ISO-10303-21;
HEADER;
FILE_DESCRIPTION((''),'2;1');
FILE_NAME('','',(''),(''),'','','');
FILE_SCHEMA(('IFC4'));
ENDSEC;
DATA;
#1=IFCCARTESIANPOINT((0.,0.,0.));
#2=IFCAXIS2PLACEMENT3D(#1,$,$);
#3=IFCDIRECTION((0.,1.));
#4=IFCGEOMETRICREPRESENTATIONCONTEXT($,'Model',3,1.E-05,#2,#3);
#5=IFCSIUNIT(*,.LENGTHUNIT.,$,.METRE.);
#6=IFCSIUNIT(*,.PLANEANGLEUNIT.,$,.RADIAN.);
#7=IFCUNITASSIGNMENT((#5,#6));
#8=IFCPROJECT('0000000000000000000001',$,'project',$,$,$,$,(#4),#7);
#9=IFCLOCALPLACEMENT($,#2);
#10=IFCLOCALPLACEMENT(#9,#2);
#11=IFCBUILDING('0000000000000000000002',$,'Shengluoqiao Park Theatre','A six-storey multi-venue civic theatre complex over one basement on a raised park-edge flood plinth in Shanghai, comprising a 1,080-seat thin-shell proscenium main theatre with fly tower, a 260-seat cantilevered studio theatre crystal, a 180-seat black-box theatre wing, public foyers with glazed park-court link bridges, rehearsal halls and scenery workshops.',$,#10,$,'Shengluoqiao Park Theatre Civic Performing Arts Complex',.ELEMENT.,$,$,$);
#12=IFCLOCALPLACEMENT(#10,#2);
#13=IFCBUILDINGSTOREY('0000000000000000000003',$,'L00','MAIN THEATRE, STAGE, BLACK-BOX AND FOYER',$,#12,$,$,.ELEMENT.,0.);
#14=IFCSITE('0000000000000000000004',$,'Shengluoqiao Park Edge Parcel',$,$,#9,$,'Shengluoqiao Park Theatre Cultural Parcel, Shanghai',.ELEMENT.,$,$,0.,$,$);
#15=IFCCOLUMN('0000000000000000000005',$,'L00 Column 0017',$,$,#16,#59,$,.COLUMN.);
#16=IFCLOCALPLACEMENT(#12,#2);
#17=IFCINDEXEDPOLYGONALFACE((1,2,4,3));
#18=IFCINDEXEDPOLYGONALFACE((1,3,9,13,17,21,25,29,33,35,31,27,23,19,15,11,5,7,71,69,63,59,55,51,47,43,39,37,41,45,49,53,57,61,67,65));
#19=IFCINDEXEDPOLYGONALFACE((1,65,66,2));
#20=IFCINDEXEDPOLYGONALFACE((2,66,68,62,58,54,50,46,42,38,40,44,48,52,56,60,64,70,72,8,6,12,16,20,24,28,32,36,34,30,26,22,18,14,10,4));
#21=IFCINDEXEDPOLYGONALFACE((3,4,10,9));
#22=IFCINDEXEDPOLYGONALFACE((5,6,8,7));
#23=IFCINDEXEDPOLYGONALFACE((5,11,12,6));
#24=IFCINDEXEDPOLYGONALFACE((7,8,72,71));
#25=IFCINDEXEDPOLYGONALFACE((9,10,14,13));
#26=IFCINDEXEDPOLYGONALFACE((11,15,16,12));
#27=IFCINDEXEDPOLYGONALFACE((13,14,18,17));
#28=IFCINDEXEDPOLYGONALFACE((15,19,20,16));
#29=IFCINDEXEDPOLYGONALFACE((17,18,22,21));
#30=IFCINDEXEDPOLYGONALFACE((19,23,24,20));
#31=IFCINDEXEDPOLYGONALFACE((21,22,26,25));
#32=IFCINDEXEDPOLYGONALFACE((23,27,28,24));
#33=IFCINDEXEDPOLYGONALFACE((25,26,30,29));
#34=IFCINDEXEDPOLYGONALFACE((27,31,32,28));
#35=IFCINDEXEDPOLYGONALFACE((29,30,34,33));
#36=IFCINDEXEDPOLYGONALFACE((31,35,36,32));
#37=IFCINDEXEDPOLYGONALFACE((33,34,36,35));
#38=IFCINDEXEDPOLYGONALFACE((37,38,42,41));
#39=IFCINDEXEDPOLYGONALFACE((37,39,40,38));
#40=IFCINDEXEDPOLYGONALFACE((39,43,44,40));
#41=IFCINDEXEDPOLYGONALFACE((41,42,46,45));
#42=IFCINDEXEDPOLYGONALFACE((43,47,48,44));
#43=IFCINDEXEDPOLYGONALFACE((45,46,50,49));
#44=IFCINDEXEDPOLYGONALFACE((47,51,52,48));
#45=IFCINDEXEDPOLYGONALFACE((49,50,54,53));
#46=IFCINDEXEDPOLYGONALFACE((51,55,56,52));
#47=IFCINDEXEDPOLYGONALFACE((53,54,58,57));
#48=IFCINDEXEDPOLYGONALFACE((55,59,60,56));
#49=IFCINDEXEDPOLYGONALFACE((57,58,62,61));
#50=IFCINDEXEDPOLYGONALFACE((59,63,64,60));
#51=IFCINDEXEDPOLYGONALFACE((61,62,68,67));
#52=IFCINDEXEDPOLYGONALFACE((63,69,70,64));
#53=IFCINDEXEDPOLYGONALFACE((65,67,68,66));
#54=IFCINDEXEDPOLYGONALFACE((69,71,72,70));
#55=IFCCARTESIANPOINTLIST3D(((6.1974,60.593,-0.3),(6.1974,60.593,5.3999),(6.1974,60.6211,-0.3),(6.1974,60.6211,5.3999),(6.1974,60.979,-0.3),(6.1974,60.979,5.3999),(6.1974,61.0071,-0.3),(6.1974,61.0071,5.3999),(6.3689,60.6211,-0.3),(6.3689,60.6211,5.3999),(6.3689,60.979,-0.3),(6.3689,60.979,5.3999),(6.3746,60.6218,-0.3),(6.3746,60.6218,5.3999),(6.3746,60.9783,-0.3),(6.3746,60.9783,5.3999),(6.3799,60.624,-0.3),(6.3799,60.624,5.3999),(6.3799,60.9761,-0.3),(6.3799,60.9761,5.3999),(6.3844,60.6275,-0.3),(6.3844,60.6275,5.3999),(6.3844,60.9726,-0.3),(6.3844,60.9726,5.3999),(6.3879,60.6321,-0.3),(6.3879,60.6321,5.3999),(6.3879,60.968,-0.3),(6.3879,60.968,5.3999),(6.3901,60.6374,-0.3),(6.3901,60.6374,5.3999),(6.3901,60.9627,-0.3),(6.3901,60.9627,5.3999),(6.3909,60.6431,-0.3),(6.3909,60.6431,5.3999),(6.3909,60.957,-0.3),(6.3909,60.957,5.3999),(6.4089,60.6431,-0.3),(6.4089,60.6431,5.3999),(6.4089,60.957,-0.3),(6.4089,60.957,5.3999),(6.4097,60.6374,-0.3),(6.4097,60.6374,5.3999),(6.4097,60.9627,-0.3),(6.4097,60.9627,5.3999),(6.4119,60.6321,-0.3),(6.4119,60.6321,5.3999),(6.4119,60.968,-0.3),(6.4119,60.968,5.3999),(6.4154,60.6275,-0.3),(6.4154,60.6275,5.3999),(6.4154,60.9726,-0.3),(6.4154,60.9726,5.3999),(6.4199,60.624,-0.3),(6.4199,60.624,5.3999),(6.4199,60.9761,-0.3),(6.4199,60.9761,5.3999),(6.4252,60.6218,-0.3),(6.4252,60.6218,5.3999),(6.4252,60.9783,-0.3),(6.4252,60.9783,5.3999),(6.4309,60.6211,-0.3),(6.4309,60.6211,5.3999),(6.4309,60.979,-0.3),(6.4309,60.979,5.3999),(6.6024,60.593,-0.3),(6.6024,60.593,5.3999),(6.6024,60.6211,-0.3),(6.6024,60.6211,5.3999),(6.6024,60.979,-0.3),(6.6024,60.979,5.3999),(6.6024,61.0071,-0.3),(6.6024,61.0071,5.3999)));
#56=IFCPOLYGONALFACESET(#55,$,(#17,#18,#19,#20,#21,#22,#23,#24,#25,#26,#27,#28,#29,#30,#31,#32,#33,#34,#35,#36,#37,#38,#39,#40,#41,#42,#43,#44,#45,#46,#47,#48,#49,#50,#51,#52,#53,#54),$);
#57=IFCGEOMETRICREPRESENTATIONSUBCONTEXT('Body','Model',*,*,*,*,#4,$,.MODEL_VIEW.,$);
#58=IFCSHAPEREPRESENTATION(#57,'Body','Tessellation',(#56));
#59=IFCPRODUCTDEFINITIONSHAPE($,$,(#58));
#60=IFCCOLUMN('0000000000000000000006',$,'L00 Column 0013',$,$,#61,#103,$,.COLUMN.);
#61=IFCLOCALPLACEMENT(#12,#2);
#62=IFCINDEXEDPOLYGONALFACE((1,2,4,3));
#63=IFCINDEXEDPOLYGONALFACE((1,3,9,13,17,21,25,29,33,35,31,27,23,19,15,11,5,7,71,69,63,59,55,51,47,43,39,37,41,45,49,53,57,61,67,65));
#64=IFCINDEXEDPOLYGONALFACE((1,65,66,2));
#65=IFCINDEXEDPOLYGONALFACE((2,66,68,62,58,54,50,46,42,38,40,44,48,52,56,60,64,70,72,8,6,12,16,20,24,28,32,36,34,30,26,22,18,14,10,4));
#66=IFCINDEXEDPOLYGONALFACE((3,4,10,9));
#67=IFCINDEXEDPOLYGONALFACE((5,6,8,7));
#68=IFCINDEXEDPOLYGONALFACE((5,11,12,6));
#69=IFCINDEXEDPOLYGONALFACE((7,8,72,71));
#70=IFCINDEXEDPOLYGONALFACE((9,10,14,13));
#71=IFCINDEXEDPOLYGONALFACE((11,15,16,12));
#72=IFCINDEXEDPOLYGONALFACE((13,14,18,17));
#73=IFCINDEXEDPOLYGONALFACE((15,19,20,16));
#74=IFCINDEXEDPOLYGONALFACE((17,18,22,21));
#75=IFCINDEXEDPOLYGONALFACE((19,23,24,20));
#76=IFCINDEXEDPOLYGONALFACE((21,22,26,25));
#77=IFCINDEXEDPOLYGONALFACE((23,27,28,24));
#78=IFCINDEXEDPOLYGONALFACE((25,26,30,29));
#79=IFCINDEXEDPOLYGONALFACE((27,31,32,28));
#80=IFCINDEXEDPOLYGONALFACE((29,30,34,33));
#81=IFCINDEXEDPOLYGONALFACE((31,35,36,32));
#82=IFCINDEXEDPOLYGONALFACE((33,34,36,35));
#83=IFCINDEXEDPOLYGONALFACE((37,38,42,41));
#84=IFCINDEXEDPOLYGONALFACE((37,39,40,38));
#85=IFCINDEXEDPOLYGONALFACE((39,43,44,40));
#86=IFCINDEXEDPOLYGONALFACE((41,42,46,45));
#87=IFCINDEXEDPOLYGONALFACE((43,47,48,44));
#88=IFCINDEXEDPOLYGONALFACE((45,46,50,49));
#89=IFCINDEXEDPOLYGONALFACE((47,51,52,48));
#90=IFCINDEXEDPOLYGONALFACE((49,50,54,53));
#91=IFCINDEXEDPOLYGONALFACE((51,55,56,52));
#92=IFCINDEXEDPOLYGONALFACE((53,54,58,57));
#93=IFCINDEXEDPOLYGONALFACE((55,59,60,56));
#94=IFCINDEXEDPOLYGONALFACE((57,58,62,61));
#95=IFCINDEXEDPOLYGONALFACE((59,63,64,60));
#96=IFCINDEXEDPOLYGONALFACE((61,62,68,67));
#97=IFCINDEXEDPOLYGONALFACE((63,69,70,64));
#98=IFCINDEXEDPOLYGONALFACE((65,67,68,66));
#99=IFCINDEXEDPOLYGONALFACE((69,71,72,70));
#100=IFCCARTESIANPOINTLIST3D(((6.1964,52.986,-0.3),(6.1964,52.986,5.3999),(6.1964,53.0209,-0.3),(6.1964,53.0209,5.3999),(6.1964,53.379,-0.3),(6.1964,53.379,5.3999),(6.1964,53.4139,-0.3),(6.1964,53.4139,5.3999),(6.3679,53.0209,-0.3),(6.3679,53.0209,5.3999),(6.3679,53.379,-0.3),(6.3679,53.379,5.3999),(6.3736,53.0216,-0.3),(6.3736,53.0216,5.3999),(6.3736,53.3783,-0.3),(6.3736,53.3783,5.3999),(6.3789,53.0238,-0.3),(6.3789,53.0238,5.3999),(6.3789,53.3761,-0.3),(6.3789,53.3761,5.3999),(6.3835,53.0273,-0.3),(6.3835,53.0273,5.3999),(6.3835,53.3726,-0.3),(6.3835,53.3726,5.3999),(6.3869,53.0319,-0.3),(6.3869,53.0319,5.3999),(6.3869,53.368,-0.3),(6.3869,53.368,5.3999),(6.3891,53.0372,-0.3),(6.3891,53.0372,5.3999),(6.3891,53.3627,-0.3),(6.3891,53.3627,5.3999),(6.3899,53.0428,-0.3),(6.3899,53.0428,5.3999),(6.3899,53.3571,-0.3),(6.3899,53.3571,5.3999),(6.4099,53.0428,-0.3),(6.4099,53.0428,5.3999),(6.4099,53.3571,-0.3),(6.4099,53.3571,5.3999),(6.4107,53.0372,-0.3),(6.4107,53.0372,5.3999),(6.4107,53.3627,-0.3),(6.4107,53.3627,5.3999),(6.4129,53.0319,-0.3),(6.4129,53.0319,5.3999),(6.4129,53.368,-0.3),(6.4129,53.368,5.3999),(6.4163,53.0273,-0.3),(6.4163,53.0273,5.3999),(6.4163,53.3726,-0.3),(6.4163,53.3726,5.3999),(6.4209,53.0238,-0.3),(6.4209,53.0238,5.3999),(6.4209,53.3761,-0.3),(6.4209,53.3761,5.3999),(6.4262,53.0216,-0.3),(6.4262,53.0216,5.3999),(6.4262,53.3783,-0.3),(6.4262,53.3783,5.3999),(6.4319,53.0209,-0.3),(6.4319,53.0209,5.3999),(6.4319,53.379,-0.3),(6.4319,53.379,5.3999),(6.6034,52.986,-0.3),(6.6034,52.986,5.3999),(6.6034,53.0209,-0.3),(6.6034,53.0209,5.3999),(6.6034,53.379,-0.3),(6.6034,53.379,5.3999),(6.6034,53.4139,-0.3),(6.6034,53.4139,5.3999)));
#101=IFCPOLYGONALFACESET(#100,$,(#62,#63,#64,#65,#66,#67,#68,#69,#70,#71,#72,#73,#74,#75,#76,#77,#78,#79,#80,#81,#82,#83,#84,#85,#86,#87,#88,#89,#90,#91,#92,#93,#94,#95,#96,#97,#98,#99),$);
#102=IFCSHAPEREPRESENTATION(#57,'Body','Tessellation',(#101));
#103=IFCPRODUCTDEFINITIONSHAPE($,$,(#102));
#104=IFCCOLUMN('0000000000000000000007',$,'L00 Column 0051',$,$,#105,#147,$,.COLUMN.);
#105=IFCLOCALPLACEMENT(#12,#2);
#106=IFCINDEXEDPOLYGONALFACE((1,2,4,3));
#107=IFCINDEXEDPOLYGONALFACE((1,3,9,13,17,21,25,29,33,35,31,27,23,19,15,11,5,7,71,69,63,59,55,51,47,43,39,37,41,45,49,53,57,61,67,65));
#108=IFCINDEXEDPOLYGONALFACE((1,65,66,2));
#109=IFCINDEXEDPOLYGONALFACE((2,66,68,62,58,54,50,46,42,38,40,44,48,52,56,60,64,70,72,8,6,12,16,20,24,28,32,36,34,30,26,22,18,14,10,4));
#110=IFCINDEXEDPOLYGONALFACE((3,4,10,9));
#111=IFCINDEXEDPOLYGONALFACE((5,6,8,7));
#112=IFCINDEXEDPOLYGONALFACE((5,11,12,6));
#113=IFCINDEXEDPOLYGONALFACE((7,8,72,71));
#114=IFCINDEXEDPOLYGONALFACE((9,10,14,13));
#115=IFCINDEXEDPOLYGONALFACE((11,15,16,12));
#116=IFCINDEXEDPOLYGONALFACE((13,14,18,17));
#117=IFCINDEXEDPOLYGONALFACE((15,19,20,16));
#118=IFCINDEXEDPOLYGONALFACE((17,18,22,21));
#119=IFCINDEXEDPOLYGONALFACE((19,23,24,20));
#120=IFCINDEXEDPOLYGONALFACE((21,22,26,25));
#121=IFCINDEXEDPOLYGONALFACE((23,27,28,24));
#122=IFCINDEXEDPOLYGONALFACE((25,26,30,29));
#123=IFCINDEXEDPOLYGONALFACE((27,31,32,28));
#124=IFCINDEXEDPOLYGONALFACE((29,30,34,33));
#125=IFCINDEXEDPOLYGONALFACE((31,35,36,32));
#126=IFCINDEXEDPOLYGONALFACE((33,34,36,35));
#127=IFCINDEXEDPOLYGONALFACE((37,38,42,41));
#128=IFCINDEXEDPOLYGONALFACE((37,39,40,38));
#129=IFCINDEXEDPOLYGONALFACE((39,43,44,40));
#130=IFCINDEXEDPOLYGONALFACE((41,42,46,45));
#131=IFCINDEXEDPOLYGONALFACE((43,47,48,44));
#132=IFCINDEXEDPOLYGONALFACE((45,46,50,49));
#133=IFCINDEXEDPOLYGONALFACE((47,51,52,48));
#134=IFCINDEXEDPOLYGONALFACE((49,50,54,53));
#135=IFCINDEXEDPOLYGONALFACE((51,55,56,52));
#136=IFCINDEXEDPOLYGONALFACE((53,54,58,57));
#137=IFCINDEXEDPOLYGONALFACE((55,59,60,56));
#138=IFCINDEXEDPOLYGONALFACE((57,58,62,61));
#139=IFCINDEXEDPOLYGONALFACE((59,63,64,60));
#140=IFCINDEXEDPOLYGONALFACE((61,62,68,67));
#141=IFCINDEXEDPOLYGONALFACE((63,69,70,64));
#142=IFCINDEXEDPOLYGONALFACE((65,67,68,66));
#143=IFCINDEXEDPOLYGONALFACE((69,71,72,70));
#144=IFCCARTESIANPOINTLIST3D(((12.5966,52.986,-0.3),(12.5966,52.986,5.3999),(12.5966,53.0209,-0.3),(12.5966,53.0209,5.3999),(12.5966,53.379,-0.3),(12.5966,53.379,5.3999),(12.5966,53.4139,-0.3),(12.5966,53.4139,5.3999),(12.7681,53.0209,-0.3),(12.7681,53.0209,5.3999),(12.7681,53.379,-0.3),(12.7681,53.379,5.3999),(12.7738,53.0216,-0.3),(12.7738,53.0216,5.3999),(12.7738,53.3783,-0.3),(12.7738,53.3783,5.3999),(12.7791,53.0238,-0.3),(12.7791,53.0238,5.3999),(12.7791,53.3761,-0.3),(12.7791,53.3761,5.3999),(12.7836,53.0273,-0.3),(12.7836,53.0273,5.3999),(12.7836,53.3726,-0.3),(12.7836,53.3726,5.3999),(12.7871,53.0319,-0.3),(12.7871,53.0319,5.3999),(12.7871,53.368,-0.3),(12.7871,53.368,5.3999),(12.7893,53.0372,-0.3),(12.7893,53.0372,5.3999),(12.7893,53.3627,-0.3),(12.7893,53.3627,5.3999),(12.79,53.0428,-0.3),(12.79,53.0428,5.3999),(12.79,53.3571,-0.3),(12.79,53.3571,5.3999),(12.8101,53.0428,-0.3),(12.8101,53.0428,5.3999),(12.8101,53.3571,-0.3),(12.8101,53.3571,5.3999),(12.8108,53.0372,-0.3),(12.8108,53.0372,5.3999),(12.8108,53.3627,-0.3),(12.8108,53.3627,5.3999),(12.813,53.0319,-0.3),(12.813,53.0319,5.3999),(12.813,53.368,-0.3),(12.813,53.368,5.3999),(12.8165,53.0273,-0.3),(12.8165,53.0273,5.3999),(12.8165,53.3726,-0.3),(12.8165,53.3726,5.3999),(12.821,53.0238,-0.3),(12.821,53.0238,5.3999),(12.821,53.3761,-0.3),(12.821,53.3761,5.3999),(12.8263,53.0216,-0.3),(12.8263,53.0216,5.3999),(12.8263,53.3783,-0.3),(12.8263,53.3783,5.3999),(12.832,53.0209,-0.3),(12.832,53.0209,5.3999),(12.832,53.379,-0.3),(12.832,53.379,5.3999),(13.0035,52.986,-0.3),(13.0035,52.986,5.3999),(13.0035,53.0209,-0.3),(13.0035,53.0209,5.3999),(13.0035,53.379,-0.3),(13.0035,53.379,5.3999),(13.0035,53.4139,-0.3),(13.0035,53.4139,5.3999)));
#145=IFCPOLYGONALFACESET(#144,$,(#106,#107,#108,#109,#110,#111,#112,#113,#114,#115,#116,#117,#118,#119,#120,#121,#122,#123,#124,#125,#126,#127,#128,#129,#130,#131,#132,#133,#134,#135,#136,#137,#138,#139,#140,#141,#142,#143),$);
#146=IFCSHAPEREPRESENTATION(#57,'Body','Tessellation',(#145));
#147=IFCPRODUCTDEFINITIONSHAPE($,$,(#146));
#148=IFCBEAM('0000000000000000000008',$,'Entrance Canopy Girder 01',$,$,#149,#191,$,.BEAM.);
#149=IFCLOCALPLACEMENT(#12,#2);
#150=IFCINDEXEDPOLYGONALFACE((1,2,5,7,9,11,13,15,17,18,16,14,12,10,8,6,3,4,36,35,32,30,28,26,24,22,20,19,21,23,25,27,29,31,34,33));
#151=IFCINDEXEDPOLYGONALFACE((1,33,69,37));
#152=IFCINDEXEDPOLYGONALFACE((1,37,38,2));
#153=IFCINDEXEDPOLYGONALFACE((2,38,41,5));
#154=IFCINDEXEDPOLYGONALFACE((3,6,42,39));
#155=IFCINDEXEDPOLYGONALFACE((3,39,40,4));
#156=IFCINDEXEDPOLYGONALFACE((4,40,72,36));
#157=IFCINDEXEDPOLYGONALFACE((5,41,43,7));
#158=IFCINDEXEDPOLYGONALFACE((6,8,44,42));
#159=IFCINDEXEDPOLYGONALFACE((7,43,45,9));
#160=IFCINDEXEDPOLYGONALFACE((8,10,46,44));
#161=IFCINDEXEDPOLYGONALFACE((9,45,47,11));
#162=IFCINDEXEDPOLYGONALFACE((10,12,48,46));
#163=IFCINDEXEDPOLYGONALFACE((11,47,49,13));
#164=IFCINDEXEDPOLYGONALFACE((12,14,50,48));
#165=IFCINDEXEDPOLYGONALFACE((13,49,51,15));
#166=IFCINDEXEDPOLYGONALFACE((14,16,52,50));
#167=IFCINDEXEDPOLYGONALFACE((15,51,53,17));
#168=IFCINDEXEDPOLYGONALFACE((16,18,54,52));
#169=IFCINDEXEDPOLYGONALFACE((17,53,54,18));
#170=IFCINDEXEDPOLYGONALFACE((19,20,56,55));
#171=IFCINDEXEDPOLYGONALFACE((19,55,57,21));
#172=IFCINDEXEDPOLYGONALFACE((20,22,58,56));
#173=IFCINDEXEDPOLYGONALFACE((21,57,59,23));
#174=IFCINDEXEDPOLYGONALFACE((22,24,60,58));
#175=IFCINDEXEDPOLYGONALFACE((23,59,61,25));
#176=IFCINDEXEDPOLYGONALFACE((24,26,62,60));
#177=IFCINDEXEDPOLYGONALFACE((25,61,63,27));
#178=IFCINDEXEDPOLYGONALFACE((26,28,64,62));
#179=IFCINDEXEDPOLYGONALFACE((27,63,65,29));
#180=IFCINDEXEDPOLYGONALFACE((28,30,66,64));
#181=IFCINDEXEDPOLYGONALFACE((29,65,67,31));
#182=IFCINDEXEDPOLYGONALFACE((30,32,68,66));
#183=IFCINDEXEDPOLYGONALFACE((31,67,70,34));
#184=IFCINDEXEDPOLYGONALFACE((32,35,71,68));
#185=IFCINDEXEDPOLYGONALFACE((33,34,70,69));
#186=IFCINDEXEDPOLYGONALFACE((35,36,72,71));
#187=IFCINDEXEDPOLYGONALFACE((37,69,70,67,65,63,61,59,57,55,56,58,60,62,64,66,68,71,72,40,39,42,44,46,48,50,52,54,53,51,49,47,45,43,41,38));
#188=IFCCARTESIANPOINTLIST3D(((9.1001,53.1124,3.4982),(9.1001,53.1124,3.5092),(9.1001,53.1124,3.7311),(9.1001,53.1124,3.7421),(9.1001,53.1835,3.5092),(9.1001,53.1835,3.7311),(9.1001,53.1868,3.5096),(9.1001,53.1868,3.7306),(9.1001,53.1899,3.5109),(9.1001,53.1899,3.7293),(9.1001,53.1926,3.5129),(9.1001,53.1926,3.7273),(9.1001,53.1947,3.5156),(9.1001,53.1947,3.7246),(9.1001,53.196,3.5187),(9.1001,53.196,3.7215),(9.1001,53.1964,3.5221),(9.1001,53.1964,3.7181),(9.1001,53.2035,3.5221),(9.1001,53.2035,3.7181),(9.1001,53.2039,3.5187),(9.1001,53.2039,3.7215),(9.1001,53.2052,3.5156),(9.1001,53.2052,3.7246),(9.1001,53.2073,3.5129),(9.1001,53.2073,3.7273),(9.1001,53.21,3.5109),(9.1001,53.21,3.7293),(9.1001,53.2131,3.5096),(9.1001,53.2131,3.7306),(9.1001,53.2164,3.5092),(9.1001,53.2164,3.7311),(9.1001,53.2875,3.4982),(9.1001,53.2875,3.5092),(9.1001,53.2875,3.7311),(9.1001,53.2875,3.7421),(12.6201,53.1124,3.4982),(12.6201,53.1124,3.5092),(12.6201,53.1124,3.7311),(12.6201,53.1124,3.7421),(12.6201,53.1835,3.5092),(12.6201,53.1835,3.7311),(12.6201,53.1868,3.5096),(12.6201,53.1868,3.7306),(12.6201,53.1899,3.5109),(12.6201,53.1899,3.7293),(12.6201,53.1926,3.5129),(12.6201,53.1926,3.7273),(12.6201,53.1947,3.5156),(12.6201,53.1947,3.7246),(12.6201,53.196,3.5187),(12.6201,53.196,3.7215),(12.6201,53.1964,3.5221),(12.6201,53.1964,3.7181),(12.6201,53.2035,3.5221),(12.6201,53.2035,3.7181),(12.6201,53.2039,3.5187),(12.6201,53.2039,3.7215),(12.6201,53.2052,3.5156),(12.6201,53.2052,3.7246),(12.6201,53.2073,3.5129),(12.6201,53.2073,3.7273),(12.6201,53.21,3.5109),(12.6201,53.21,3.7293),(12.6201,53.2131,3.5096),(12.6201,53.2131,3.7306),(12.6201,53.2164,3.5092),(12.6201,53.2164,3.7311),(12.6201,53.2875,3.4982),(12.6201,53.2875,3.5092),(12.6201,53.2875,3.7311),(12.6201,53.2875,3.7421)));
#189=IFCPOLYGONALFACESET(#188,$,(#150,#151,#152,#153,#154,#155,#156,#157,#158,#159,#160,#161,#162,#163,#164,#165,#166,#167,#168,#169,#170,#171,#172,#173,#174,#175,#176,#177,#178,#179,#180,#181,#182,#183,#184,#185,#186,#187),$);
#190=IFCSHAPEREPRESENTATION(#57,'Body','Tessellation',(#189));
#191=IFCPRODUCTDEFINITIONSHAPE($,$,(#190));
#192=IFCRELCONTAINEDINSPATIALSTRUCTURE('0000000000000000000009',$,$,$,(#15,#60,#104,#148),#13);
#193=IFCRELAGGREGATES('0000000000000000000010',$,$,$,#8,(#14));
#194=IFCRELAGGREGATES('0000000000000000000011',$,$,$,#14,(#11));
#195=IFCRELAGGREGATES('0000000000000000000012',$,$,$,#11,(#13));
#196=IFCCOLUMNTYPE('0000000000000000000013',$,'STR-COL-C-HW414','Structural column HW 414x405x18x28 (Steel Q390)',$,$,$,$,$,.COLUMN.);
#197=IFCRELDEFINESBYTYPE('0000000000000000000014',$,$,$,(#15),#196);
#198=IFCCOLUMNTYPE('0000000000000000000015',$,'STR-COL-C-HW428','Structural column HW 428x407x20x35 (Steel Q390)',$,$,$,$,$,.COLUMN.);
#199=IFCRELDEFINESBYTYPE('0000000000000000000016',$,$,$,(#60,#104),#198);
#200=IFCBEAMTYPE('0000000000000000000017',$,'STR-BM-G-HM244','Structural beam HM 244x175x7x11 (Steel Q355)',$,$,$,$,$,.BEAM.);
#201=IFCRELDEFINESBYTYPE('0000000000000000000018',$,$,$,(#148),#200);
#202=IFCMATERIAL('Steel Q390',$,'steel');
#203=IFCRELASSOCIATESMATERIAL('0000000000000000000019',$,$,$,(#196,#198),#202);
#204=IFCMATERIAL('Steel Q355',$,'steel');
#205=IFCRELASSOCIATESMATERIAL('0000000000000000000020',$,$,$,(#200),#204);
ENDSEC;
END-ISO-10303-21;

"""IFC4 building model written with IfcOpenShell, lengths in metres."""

from ifc_helpers import new_model, si_unit, direction, frame, origin, origin_2d, place, context, subcontext, project, spatial, i_section, extrude, material, material_profile, profile_set, type_object, element, save


model = new_model("IFC4")

# Units and contexts
model_context = context("Model", 3, precision=1e-05, world=origin(), true_north=direction((0.0, 1.0)))
body_context = subcontext(model_context, "Body", "Model", "MODEL_VIEW")
ifc_project = project(units=[si_unit("LENGTHUNIT", "METRE"), si_unit("PLANEANGLEUNIT", "RADIAN")], contexts=[model_context])

# Site, building, storey
site_placement = place(None, origin())
site = spatial("IfcSite", under=ifc_project, at=site_placement, Name="Shengluoqiao Park Edge Parcel", LongName="Shengluoqiao Park Theatre Cultural Parcel, Shanghai", CompositionType="ELEMENT", RefElevation=0.0)
building_placement = place(site_placement, origin())
building = spatial("IfcBuilding", under=site, at=building_placement, Name="Shengluoqiao Park Theatre", Description="A six-storey multi-venue civic theatre complex over one basement on a raised park-edge flood plinth in Shanghai, comprising a 1,080-seat thin-shell proscenium main theatre with fly tower, a 260-seat cantilevered studio theatre crystal, a 180-seat black-box theatre wing, public foyers with glazed park-court link bridges, rehearsal halls and scenery workshops.", LongName="Shengluoqiao Park Theatre Civic Performing Arts Complex", CompositionType="ELEMENT")
storey_placement = place(building_placement, origin())
storey = spatial("IfcBuildingStorey", under=building, at=storey_placement, Name="L00", Description="MAIN THEATRE, STAGE, BLACK-BOX AND FOYER", CompositionType="ELEMENT", Elevation=0.0)

# Columns
ifc_material_1 = material(Name="Steel Q390", Category="steel")
ifc_material_profile_1 = material_profile(ifc_material_1, i_section(OverallWidth=0.405, OverallDepth=0.4141, WebThickness=0.0181, FlangeThickness=0.0281, FilletRadius=0.022, at=origin_2d()), Name="HW 414x405x18x28")
ifc_profile_set_1 = profile_set([ifc_material_profile_1], Name="Steel Q390")
column_type_1 = type_object("IfcColumnType", Name="STR-COL-C-HW414", Description="Structural column HW 414x405x18x28 (Steel Q390)", PredefinedType="COLUMN", material=ifc_profile_set_1)
column_placement = place(storey_placement, frame((6.3999, 60.8, -0.3), z_axis=(0.0, 0.0, 1.0), x_axis=(1.0, 0.0, 0.0)))
element("IfcColumn", 1, at=column_placement, inside=storey, type_object=column_type_1, Name="L00 Column 0017", PredefinedType="COLUMN", context=body_context, shape_type="SweptSolid", body=[
    extrude(i_section(OverallWidth=0.405, OverallDepth=0.4141, WebThickness=0.0181, FlangeThickness=0.0281, FilletRadius=0.022, at=origin_2d()), origin(), (0.0, 0.0, 1.0), 5.7),
])
ifc_material_profile_2 = material_profile(ifc_material_1, i_section(OverallWidth=0.407, OverallDepth=0.428, WebThickness=0.02, FlangeThickness=0.0349, FilletRadius=0.022, at=origin_2d()), Name="HW 428x407x20x35")
ifc_profile_set_2 = profile_set([ifc_material_profile_2], Name="Steel Q390")
column_type_2 = type_object("IfcColumnType", Name="STR-COL-C-HW428", Description="Structural column HW 428x407x20x35 (Steel Q390)", PredefinedType="COLUMN", material=ifc_profile_set_2)
for number, where, z_axis, x_axis, name in (
    (2, (6.3999, 53.2, -0.3), (0.0, 0.0, 1.0), (1.0, 0.0, 0.0), "L00 Column 0013"),
    (3, (12.8, 53.2, -0.3), (0.0, 0.0, 1.0), (1.0, 0.0, 0.0), "L00 Column 0051"),
):
    element("IfcColumn", number, at=place(storey_placement, frame(where, z_axis=z_axis, x_axis=x_axis)), inside=storey, type_object=column_type_2, Name=name, PredefinedType="COLUMN", context=body_context, shape_type="SweptSolid", body=[
        extrude(i_section(OverallWidth=0.407, OverallDepth=0.428, WebThickness=0.02, FlangeThickness=0.0349, FilletRadius=0.022, at=origin_2d()), origin(), (0.0, 0.0, 1.0), 5.7),
    ])

# Beam
ifc_material_2 = material(Name="Steel Q355", Category="steel")
ifc_material_profile_3 = material_profile(ifc_material_2, i_section(OverallWidth=0.175, OverallDepth=0.2439, WebThickness=0.0071, FlangeThickness=0.011, FilletRadius=0.0129, at=origin_2d()), Name="HM 244x175x7x11")
ifc_profile_set_3 = profile_set([ifc_material_profile_3], Name="Steel Q355")
beam_type = type_object("IfcBeamType", Name="STR-BM-G-HM244", Description="Structural beam HM 244x175x7x11 (Steel Q355)", PredefinedType="BEAM", material=ifc_profile_set_3)
beam_placement = place(storey_placement, frame((9.1001, 53.2, 3.6201), z_axis=(1.0, 0.0, 0.0), x_axis=(0.0, 1.0, 0.0)))
element("IfcBeam", 4, at=beam_placement, inside=storey, type_object=beam_type, Name="Entrance Canopy Girder 01", PredefinedType="BEAM", context=body_context, shape_type="SweptSolid", body=[
    extrude(i_section(OverallWidth=0.175, OverallDepth=0.2439, WebThickness=0.0071, FlangeThickness=0.011, FilletRadius=0.0129, at=origin_2d()), origin(), (0.0, 0.0, 1.0), 3.52),
])

save(model, "model.ifc")
